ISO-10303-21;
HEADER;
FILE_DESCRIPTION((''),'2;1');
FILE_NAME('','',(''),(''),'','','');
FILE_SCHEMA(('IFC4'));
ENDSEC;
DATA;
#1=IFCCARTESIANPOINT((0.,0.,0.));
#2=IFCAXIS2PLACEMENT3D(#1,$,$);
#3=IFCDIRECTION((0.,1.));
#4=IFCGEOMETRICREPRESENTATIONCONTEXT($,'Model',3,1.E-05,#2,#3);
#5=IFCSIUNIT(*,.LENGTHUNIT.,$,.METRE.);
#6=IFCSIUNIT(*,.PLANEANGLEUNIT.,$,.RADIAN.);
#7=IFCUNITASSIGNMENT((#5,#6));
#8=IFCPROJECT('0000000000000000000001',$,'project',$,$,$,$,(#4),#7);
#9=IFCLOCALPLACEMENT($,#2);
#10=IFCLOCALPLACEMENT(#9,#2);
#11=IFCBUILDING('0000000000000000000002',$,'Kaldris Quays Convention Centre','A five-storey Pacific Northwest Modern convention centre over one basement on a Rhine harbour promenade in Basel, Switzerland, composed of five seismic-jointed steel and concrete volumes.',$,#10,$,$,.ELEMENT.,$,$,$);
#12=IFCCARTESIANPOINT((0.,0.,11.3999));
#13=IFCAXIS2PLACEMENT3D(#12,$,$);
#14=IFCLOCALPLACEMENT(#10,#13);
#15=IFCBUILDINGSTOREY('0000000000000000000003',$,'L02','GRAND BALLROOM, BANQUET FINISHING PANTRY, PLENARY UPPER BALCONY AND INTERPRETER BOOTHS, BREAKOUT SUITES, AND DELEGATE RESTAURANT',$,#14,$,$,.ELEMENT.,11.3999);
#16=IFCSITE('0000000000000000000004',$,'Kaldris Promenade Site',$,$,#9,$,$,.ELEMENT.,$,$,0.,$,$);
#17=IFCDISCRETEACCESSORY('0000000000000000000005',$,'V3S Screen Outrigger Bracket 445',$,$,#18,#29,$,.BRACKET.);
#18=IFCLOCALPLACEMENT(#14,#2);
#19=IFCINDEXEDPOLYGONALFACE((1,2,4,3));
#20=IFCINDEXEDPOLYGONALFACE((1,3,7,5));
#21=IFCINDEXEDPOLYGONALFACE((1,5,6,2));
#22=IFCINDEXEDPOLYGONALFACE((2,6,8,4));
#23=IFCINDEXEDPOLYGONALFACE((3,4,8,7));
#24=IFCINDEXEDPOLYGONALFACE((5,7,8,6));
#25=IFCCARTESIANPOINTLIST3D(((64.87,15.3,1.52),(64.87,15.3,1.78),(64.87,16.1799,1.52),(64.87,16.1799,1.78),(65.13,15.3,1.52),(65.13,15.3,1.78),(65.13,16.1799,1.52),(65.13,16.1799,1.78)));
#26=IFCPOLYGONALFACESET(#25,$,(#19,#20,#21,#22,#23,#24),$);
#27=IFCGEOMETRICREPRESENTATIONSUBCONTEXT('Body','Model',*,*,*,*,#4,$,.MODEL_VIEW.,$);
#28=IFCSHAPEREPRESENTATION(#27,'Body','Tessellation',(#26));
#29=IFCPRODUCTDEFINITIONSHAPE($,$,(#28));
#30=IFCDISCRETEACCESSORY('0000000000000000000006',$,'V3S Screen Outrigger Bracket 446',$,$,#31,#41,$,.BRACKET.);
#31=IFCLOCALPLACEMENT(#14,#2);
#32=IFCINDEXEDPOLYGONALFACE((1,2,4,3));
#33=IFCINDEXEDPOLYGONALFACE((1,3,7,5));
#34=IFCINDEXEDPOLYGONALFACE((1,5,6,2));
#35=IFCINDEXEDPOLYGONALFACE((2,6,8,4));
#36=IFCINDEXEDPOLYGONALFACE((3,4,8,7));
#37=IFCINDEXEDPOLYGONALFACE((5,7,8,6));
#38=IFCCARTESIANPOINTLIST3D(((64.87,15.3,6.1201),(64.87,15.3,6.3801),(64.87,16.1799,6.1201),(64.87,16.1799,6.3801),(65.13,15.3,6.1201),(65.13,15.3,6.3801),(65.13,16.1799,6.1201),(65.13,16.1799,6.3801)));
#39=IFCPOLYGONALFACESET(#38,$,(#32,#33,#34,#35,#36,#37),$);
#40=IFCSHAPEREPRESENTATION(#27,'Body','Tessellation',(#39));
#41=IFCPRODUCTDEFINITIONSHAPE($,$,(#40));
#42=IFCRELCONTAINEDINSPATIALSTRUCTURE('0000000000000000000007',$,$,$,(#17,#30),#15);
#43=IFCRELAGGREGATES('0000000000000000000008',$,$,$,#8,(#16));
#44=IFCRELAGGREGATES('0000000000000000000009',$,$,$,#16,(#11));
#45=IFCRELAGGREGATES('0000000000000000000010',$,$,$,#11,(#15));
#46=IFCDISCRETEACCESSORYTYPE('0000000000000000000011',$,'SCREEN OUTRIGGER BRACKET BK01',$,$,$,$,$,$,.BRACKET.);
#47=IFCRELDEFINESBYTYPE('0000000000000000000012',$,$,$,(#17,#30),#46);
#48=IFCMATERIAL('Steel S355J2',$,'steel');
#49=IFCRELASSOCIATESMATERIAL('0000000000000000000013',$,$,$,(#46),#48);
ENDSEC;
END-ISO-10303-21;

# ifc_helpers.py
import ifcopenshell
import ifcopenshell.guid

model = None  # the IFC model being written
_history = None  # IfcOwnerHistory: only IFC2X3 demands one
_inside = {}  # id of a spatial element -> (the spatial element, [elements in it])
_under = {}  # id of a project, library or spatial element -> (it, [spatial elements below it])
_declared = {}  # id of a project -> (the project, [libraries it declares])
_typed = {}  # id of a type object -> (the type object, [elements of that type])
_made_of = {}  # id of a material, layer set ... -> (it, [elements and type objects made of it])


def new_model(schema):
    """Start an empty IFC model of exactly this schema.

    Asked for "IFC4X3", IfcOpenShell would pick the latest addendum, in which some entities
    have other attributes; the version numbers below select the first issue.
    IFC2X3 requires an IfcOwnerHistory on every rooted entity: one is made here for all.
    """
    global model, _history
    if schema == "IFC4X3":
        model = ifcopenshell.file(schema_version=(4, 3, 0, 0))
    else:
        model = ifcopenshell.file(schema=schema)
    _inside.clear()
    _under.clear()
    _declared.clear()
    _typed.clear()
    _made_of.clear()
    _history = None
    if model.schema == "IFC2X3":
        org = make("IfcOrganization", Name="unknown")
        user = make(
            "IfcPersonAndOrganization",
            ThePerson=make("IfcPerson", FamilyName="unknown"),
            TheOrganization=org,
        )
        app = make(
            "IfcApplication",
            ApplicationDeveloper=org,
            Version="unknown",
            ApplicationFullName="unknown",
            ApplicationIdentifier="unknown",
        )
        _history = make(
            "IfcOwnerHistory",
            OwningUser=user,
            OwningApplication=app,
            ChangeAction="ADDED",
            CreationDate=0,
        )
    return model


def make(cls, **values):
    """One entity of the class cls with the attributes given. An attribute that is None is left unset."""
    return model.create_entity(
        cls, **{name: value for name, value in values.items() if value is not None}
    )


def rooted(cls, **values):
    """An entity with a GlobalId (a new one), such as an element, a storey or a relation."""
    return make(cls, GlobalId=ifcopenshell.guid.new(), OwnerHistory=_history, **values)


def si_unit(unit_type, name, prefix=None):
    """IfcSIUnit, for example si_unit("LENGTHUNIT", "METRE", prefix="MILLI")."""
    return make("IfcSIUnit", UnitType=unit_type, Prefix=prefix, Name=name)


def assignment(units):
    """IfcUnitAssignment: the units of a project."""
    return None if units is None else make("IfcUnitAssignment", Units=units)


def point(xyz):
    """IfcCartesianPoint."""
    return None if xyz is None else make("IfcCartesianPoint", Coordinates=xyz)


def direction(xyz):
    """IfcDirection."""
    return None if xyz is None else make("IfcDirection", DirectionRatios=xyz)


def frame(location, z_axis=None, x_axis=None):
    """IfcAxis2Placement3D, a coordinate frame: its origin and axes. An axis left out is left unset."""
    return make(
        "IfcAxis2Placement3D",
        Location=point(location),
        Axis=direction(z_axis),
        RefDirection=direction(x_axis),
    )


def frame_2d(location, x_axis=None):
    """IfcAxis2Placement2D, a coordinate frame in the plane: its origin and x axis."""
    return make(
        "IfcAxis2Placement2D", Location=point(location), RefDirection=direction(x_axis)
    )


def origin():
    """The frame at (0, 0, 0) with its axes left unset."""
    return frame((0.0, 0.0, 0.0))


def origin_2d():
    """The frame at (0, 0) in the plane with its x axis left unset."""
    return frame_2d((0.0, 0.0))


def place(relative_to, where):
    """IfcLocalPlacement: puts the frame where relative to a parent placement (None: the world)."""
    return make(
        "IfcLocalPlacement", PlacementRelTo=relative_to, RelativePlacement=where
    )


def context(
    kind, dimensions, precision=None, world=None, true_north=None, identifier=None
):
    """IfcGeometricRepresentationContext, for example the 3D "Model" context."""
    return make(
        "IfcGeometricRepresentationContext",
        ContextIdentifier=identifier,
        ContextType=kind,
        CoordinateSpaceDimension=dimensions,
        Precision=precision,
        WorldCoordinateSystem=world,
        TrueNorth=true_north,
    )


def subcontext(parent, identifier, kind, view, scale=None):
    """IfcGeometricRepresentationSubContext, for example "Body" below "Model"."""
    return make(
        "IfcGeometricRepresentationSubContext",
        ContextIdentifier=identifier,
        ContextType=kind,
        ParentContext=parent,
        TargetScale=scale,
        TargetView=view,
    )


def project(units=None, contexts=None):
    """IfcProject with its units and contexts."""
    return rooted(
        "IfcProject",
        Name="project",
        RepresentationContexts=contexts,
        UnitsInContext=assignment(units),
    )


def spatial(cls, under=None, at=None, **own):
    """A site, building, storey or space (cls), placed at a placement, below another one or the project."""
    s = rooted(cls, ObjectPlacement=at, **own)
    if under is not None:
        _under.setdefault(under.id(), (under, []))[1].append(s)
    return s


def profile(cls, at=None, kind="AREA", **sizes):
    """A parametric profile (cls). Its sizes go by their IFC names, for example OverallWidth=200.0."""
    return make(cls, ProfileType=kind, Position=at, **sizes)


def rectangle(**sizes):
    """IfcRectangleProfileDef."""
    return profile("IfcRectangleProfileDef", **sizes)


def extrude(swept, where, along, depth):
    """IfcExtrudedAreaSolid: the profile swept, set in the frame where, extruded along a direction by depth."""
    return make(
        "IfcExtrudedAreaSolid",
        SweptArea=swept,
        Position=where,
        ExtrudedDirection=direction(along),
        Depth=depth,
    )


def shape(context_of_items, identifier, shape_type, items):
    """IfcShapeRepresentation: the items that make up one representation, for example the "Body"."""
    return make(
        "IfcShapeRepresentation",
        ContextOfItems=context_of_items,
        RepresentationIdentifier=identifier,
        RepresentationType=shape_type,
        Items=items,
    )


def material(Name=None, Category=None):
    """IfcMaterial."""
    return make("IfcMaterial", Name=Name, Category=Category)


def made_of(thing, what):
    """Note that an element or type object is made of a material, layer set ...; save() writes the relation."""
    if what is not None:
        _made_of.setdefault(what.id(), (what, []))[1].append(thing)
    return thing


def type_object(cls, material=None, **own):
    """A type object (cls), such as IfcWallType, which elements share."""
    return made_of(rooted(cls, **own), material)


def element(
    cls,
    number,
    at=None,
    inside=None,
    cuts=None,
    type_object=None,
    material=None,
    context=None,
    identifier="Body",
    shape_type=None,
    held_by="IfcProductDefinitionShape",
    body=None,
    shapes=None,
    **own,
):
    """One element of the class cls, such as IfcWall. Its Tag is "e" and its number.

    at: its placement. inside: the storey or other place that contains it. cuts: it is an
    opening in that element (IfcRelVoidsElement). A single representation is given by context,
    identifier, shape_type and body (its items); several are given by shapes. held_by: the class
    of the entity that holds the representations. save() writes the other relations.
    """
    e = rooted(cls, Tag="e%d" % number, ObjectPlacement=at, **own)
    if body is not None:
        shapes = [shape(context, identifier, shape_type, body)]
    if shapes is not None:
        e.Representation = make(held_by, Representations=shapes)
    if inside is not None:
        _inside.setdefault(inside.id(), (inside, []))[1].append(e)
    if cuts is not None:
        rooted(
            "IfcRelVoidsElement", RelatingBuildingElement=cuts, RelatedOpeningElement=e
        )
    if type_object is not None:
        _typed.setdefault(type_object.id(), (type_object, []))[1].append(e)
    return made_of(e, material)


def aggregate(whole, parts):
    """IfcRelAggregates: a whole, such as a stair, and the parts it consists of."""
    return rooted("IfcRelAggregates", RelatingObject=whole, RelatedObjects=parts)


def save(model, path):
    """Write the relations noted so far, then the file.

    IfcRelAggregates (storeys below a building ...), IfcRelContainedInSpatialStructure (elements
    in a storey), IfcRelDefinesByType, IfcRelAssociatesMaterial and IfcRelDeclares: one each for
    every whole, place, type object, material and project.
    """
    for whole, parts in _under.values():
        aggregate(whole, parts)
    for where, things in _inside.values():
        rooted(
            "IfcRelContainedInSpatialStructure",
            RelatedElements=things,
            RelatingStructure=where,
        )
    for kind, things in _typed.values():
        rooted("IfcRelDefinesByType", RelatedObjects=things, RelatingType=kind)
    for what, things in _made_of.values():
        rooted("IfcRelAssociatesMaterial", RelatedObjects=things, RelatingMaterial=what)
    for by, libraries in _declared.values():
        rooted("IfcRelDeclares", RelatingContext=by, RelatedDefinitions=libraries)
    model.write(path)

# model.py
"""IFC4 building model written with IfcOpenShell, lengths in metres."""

from ifc_helpers import new_model, si_unit, direction, frame, origin, origin_2d, place, context, subcontext, project, spatial, rectangle, extrude, material, type_object, element, save


model = new_model("IFC4")

# Units and contexts
model_context = context("Model", 3, precision=1e-05, world=origin(), true_north=direction((0.0, 1.0)))
body_context = subcontext(model_context, "Body", "Model", "MODEL_VIEW")
ifc_project = project(units=[si_unit("LENGTHUNIT", "METRE"), si_unit("PLANEANGLEUNIT", "RADIAN")], contexts=[model_context])

# Site, building, storey
site_placement = place(None, origin())
site = spatial("IfcSite", under=ifc_project, at=site_placement, Name="Kaldris Promenade Site", CompositionType="ELEMENT", RefElevation=0.0)
building_placement = place(site_placement, origin())
building = spatial("IfcBuilding", under=site, at=building_placement, Name="Kaldris Quays Convention Centre", Description="A five-storey Pacific Northwest Modern convention centre over one basement on a Rhine harbour promenade in Basel, Switzerland, composed of five seismic-jointed steel and concrete volumes.", CompositionType="ELEMENT")
storey_placement = place(building_placement, frame((0.0, 0.0, 11.3999)))
storey = spatial("IfcBuildingStorey", under=building, at=storey_placement, Name="L02", Description="GRAND BALLROOM, BANQUET FINISHING PANTRY, PLENARY UPPER BALCONY AND INTERPRETER BOOTHS, BREAKOUT SUITES, AND DELEGATE RESTAURANT", CompositionType="ELEMENT", Elevation=11.3999)

# Shared definitions
ifc_material_1 = material(Name="Steel S355J2", Category="steel")

# Discrete accessories
discrete_accessory_type = type_object("IfcDiscreteAccessoryType", Name="SCREEN OUTRIGGER BRACKET BK01", PredefinedType="BRACKET", material=ifc_material_1)
for number, where, z_axis, x_axis, name in (
    (1, (65.0, 15.74, 1.52), (0.0, 0.0, 1.0), (1.0, 0.0, 0.0), "V3S Screen Outrigger Bracket 445"),
    (2, (65.0, 15.74, 6.1201), (0.0, 0.0, 1.0), (1.0, 0.0, 0.0), "V3S Screen Outrigger Bracket 446"),
):
    element("IfcDiscreteAccessory", number, at=place(storey_placement, frame(where, z_axis=z_axis, x_axis=x_axis)), inside=storey, type_object=discrete_accessory_type, Name=name, PredefinedType="BRACKET", context=body_context, shape_type="SweptSolid", body=[
        extrude(rectangle(XDim=0.26, YDim=0.8799, at=origin_2d()), origin(), (0.0, 0.0, 1.0), 0.26),
    ])

save(model, "model.ifc")
